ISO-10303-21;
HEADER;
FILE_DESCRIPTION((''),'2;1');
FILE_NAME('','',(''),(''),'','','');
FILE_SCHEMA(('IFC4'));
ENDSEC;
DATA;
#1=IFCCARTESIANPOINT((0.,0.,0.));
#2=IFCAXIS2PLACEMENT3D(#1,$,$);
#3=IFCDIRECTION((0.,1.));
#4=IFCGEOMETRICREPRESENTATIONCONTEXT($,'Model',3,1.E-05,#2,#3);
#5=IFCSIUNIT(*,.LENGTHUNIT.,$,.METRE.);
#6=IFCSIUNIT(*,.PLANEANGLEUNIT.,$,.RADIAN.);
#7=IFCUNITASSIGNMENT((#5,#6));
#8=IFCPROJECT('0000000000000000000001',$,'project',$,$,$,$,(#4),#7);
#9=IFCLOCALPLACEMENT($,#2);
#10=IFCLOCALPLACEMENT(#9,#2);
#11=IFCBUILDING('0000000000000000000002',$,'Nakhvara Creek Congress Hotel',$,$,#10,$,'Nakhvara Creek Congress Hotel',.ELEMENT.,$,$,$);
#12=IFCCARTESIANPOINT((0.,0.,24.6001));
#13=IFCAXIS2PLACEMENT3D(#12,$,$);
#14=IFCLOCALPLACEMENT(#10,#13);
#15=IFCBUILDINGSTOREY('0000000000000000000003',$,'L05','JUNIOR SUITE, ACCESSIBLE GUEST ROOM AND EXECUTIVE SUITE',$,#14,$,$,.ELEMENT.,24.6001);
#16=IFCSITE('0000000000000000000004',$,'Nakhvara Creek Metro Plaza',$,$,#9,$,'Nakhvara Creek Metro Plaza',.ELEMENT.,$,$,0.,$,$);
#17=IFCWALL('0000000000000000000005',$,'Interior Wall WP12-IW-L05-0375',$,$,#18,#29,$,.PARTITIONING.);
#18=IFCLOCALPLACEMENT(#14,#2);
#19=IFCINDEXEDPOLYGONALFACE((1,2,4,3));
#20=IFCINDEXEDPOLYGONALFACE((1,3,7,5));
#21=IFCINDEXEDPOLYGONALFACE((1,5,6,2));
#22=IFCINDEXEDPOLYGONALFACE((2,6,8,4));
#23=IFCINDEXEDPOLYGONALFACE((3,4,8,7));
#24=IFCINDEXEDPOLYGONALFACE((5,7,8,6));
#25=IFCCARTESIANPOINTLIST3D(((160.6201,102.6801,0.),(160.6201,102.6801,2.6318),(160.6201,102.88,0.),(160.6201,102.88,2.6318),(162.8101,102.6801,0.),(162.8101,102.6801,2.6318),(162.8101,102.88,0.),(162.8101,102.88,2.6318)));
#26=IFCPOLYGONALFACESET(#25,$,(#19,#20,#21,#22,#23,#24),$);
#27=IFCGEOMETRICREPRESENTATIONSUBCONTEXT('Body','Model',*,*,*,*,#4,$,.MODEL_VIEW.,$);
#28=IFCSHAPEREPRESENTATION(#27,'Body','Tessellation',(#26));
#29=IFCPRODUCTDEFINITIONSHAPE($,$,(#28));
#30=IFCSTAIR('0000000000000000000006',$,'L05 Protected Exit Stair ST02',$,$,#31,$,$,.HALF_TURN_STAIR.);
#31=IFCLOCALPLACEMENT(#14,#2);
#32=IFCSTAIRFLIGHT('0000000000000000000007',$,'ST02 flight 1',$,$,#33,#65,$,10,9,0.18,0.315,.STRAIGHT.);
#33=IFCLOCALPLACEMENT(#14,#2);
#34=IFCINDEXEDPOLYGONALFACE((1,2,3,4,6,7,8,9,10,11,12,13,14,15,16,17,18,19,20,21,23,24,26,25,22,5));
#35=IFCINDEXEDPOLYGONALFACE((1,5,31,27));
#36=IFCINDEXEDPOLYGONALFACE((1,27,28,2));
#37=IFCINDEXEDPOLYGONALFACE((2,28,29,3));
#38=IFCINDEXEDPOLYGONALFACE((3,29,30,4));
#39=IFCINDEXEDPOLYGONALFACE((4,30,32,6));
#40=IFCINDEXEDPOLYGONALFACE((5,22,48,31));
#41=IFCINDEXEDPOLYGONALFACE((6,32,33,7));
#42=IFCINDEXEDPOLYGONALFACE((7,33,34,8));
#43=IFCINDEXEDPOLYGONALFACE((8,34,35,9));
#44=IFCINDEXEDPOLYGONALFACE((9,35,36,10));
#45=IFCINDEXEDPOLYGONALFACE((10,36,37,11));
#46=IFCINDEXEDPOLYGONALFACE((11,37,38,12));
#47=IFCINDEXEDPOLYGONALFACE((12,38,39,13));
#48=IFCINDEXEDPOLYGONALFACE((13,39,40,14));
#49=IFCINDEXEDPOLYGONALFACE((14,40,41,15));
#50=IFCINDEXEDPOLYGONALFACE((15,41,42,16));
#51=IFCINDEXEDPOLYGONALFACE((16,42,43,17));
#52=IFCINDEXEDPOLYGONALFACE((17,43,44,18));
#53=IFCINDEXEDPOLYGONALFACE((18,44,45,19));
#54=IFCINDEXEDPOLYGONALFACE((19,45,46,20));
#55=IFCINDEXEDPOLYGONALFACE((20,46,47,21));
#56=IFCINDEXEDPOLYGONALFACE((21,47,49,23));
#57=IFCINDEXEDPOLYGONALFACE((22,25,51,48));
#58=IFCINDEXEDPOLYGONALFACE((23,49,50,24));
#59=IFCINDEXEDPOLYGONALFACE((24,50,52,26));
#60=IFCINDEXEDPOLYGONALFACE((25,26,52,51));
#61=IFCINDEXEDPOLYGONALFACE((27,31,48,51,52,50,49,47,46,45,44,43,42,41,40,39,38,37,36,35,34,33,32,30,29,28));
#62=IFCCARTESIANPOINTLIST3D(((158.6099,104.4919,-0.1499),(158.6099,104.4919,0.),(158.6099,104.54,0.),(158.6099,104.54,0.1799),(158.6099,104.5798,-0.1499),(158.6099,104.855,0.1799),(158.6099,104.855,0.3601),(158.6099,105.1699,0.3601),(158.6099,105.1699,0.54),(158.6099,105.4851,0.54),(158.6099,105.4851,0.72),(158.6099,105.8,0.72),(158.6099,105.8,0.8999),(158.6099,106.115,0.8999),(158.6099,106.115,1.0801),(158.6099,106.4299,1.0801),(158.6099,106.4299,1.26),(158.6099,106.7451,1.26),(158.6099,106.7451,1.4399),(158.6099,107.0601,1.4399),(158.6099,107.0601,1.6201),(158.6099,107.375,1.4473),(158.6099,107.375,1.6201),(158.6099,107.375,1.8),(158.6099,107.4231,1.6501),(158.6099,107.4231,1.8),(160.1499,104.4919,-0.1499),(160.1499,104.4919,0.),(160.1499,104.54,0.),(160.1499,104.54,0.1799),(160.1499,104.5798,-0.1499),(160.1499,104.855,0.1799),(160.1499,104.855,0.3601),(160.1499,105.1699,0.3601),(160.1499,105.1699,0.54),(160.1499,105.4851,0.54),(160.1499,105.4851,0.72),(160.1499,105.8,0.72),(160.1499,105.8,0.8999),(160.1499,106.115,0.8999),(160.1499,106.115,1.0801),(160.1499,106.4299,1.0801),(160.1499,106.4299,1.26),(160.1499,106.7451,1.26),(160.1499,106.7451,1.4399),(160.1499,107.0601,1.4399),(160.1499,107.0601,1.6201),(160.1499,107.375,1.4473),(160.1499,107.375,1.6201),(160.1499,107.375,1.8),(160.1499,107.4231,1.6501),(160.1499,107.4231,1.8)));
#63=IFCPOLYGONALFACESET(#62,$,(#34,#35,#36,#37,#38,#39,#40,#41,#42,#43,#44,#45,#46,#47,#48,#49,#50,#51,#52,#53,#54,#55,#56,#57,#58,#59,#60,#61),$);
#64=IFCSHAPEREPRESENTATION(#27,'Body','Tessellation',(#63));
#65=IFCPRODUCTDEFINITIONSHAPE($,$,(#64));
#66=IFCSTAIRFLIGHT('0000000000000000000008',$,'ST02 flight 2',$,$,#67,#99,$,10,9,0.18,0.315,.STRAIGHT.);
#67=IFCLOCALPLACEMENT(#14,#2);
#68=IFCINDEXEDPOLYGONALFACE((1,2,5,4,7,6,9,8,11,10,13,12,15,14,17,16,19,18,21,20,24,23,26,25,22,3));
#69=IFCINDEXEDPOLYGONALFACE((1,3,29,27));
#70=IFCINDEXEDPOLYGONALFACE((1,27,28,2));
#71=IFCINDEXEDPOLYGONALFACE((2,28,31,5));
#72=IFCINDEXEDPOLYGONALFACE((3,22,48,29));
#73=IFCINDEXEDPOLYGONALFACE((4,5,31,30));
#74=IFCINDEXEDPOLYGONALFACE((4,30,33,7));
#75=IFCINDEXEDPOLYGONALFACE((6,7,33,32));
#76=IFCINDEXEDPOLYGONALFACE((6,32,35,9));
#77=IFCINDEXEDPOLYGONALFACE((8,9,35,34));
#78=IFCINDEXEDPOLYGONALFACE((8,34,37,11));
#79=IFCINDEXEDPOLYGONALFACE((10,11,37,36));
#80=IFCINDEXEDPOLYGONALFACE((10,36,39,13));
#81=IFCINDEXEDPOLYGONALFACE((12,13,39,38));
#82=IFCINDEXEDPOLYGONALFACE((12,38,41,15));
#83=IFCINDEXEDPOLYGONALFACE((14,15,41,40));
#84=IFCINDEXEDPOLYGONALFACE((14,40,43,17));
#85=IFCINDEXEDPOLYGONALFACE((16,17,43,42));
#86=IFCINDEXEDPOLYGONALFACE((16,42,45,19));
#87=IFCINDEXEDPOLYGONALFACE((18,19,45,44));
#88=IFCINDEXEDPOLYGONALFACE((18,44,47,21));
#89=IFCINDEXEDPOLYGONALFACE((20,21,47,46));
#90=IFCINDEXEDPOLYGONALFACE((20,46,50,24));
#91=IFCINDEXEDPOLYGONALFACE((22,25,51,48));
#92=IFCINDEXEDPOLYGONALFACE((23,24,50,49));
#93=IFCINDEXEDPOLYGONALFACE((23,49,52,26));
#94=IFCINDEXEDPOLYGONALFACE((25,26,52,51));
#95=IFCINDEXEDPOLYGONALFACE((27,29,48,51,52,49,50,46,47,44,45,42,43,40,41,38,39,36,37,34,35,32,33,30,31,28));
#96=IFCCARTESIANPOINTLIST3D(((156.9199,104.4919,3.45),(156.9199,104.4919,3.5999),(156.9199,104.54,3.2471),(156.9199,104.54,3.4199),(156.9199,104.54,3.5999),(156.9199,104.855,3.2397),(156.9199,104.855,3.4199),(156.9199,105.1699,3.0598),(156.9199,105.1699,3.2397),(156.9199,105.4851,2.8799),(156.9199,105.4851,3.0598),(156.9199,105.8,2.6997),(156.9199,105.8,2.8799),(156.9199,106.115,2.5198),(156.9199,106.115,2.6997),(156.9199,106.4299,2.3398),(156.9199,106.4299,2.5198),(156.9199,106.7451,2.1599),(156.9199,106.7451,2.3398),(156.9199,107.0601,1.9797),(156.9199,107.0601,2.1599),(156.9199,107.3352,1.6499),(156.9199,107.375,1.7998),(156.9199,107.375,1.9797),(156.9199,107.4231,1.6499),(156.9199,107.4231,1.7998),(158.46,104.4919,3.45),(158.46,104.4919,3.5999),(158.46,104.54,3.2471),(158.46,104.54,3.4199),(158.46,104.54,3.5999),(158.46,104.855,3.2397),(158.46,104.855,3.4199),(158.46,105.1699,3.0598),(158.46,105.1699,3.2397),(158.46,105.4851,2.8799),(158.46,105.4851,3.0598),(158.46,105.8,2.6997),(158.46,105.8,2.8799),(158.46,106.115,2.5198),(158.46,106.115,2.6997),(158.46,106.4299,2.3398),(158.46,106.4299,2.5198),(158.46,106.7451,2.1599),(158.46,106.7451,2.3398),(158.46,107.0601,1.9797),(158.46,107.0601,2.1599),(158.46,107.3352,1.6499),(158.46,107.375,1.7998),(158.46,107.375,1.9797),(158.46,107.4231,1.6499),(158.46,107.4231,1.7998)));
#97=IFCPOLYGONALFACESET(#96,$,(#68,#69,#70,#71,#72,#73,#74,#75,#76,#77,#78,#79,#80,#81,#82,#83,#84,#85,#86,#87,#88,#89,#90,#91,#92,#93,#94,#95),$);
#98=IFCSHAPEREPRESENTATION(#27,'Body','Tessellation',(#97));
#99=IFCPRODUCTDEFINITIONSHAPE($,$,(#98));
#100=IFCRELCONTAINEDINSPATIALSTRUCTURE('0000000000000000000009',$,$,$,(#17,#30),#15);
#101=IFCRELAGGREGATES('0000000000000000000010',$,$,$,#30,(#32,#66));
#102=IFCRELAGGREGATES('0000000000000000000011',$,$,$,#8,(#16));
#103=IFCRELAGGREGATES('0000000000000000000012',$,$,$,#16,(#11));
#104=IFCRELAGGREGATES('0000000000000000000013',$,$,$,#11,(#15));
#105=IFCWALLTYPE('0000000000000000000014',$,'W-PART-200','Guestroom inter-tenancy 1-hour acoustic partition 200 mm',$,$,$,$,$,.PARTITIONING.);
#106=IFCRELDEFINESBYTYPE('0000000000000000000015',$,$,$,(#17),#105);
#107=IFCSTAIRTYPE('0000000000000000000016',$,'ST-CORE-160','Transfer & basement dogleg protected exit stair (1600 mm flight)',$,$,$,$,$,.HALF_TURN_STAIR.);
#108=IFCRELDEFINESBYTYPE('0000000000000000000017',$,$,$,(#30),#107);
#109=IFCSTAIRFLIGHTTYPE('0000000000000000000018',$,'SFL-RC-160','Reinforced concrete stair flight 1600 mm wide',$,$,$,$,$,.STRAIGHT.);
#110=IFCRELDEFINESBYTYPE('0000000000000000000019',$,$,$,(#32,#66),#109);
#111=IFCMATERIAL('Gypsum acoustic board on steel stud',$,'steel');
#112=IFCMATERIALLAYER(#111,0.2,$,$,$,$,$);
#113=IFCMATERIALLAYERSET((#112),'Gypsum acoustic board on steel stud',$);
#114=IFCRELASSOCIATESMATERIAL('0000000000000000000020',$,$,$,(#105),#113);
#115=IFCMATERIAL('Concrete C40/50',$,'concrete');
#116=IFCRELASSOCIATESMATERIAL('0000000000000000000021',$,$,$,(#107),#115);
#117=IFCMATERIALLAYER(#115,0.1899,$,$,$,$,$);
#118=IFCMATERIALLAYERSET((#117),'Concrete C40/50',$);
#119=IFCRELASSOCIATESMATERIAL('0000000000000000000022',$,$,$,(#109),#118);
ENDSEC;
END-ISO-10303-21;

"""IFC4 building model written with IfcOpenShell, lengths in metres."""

from ifc_helpers import new_model, si_unit, direction, frame, frame_2d, origin, place, context, subcontext, project, spatial, polyline, rectangle, outline, extrude, material, layer, layer_set, type_object, element, aggregate, save


model = new_model("IFC4")

# Units and contexts
model_context = context("Model", 3, precision=1e-05, world=origin(), true_north=direction((0.0, 1.0)))
body_context = subcontext(model_context, "Body", "Model", "MODEL_VIEW")
ifc_project = project(units=[si_unit("LENGTHUNIT", "METRE"), si_unit("PLANEANGLEUNIT", "RADIAN")], contexts=[model_context])

# Site, building, storey
site_placement = place(None, origin())
site = spatial("IfcSite", under=ifc_project, at=site_placement, Name="Nakhvara Creek Metro Plaza", LongName="Nakhvara Creek Metro Plaza", CompositionType="ELEMENT", RefElevation=0.0)
building_placement = place(site_placement, origin())
building = spatial("IfcBuilding", under=site, at=building_placement, Name="Nakhvara Creek Congress Hotel", LongName="Nakhvara Creek Congress Hotel", CompositionType="ELEMENT")
storey_placement = place(building_placement, frame((0.0, 0.0, 24.6001)))
storey = spatial("IfcBuildingStorey", under=building, at=storey_placement, Name="L05", Description="JUNIOR SUITE, ACCESSIBLE GUEST ROOM AND EXECUTIVE SUITE", CompositionType="ELEMENT", Elevation=24.6001)

# Shared definitions
ifc_material_1 = material(Name="Concrete C40/50", Category="concrete")

# Wall
ifc_material_2 = material(Name="Gypsum acoustic board on steel stud", Category="steel")
ifc_layer_1 = layer(ifc_material_2, 0.2)
ifc_layer_set_1 = layer_set([ifc_layer_1], Name="Gypsum acoustic board on steel stud")
wall_type_1 = type_object("IfcWallType", Name="W-PART-200", Description="Guestroom inter-tenancy 1-hour acoustic partition 200 mm", PredefinedType="PARTITIONING", material=ifc_layer_set_1)
wall_1_placement = place(storey_placement, frame((160.6201, 102.78, 0.0), z_axis=(0.0, 0.0, 1.0), x_axis=(1.0, 0.0, 0.0)))
element("IfcWall", 1, at=wall_1_placement, inside=storey, type_object=wall_type_1, Name="Interior Wall WP12-IW-L05-0375", PredefinedType="PARTITIONING", context=body_context, shape_type="SweptSolid", body=[
    extrude(rectangle(XDim=2.1899, YDim=0.2, at=frame_2d((1.095, 0.0))), origin(), (0.0, 0.0, 1.0), 2.6318),
])

# Stair, stair flights
stair_type = type_object("IfcStairType", Name="ST-CORE-160", Description="Transfer & basement dogleg protected exit stair (1600 mm flight)", PredefinedType="HALF_TURN_STAIR", material=ifc_material_1)
stair_placement = place(storey_placement, origin())
stair = element("IfcStair", 2, at=stair_placement, inside=storey, type_object=stair_type, Name="L05 Protected Exit Stair ST02", PredefinedType="HALF_TURN_STAIR")
ifc_layer_2 = layer(ifc_material_1, 0.1899)
ifc_layer_set_2 = layer_set([ifc_layer_2], Name="Concrete C40/50")
stair_flight_type = type_object("IfcStairFlightType", Name="SFL-RC-160", Description="Reinforced concrete stair flight 1600 mm wide", PredefinedType="STRAIGHT", material=ifc_layer_set_2)
stair_flight_1_placement = place(storey_placement, frame((159.3799, 104.54, 0.0), z_axis=(0.0, 0.0, 1.0), x_axis=(0.0, 1.0, 0.0)))
stair_flight_1 = element("IfcStairFlight", 3, at=stair_flight_1_placement, type_object=stair_flight_type, Name="ST02 flight 1", NumberOfRisers=10, NumberOfTreads=9, PredefinedType="STRAIGHT", RiserHeight=0.18, TreadLength=0.315, context=body_context, shape_type="SweptSolid", body=[
    extrude(outline(polyline([(-0.0481, 0.0), (0.0, 0.0), (0.0, 0.1799), (0.3149, 0.1799), (0.3149, 0.3601), (0.6299, 0.3601), (0.6299, 0.54), (0.9451, 0.54), (0.9451, 0.72), (1.26, 0.72), (1.26, 0.8999), (1.575, 0.8999), (1.575, 1.0801), (1.8899, 1.0801), (1.8899, 1.26), (2.2051, 1.26), (2.2051, 1.4399), (2.52, 1.4399), (2.52, 1.6201), (2.835, 1.6201), (2.835, 1.8), (2.8831, 1.8), (2.8831, 1.6501), (2.835, 1.4473), (0.0398, -0.1499), (-0.0481, -0.1499), (-0.0481, 0.0)])), frame((0.0, 0.77, 0.0), z_axis=(0.0, -1.0, 0.0), x_axis=(1.0, 0.0, 0.0)), (0.0, 0.0, 1.0), 1.54),
])
stair_flight_2_placement = place(storey_placement, frame((157.6899, 107.375, 1.7998), z_axis=(0.0, 0.0, 1.0), x_axis=(0.0, -1.0, 0.0)))
stair_flight_2 = element("IfcStairFlight", 4, at=stair_flight_2_placement, type_object=stair_flight_type, Name="ST02 flight 2", NumberOfRisers=10, NumberOfTreads=9, PredefinedType="STRAIGHT", RiserHeight=0.18, TreadLength=0.315, context=body_context, shape_type="SweptSolid", body=[
    extrude(outline(polyline([(-0.0481, 0.0), (0.0, 0.0), (0.0, 0.1799), (0.3149, 0.1799), (0.3149, 0.3601), (0.6299, 0.3601), (0.6299, 0.54), (0.9451, 0.54), (0.9451, 0.72), (1.26, 0.72), (1.26, 0.8999), (1.575, 0.8999), (1.575, 1.0801), (1.8899, 1.0801), (1.8899, 1.26), (2.2051, 1.26), (2.2051, 1.4399), (2.52, 1.4399), (2.52, 1.6201), (2.835, 1.6201), (2.835, 1.8), (2.8831, 1.8), (2.8831, 1.6501), (2.835, 1.4473), (0.0398, -0.1499), (-0.0481, -0.1499), (-0.0481, 0.0)])), frame((0.0, 0.77, 0.0), z_axis=(0.0, -1.0, 0.0), x_axis=(1.0, 0.0, 0.0)), (0.0, 0.0, 1.0), 1.54),
])
aggregate(stair, [stair_flight_1, stair_flight_2])

save(model, "model.ifc")
